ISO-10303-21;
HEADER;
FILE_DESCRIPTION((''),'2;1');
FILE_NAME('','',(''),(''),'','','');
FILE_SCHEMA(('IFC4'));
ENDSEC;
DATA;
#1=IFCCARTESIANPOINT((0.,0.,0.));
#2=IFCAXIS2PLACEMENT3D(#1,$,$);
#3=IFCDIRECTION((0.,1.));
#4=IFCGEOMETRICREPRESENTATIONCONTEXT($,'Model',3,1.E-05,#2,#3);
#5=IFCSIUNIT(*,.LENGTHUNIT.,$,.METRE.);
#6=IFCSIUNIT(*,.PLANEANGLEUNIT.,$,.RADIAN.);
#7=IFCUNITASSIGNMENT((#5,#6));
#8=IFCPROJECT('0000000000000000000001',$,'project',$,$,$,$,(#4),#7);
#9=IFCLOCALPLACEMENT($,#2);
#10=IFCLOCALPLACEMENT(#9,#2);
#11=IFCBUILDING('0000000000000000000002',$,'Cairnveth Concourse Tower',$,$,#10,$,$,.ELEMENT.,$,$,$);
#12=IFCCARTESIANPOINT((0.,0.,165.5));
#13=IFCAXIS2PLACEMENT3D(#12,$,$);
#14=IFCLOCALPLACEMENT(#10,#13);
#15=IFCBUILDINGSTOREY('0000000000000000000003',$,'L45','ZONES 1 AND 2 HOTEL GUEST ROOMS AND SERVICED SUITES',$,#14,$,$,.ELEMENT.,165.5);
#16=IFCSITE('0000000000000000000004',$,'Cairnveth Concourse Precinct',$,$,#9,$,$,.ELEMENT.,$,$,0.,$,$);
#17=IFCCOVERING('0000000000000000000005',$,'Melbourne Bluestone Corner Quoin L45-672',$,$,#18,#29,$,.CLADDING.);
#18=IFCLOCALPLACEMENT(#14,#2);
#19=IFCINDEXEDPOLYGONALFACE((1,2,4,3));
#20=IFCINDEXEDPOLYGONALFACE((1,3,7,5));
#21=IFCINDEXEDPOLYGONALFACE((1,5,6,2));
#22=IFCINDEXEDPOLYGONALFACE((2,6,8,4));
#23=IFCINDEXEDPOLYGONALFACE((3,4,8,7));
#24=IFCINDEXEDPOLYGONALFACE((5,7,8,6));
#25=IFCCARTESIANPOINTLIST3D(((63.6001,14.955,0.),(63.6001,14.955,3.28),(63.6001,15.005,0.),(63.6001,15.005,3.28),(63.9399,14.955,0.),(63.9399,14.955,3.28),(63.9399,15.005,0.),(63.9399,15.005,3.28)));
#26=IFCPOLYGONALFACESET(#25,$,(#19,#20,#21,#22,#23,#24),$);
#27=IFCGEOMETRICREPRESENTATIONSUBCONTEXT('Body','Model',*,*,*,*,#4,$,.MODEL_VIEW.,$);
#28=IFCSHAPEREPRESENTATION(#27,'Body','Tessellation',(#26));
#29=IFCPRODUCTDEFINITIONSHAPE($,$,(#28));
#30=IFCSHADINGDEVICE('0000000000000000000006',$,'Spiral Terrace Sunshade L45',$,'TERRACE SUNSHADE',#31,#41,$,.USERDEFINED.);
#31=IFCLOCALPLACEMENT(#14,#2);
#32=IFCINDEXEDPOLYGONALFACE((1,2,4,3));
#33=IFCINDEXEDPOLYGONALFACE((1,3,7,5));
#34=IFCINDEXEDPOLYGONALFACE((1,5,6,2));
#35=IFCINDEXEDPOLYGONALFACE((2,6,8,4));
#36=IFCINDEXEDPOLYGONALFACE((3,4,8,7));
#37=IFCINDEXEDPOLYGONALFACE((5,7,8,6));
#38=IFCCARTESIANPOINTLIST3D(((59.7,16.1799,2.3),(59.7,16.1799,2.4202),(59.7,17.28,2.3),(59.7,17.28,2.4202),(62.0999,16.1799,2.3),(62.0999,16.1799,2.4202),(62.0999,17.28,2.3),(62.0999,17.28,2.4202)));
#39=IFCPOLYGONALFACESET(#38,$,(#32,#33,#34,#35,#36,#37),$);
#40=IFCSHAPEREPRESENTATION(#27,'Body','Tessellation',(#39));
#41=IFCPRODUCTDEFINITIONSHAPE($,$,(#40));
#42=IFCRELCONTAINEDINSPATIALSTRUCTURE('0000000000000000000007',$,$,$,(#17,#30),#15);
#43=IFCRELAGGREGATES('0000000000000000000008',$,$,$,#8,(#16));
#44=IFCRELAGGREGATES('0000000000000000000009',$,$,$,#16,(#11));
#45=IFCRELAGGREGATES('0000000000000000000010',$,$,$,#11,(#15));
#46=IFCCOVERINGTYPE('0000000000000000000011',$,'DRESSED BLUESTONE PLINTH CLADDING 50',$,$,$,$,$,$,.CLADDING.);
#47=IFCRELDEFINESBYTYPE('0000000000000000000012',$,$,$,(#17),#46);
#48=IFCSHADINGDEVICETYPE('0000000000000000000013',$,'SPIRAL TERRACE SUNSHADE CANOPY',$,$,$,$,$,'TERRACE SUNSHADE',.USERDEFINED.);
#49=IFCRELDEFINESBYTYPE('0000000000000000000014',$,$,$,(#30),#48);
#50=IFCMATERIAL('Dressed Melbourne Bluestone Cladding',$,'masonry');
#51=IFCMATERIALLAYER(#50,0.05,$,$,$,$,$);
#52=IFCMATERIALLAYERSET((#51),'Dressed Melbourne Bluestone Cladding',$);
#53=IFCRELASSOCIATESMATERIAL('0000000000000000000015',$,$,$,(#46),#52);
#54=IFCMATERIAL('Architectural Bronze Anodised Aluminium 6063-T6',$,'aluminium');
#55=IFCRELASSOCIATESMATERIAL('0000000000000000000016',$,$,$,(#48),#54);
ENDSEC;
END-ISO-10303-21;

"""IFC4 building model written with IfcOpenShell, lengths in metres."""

from ifc_helpers import new_model, si_unit, direction, frame, frame_2d, origin, origin_2d, place, context, subcontext, project, spatial, rectangle, extrude, material, layer, layer_set, type_object, element, save


model = new_model("IFC4")

# Units and contexts
model_context = context("Model", 3, precision=1e-05, world=origin(), true_north=direction((0.0, 1.0)))
body_context = subcontext(model_context, "Body", "Model", "MODEL_VIEW")
ifc_project = project(units=[si_unit("LENGTHUNIT", "METRE"), si_unit("PLANEANGLEUNIT", "RADIAN")], contexts=[model_context])

# Site, building, storey
site_placement = place(None, origin())
site = spatial("IfcSite", under=ifc_project, at=site_placement, Name="Cairnveth Concourse Precinct", CompositionType="ELEMENT", RefElevation=0.0)
building_placement = place(site_placement, origin())
building = spatial("IfcBuilding", under=site, at=building_placement, Name="Cairnveth Concourse Tower", CompositionType="ELEMENT")
storey_placement = place(building_placement, frame((0.0, 0.0, 165.5)))
storey = spatial("IfcBuildingStorey", under=building, at=storey_placement, Name="L45", Description="ZONES 1 AND 2 HOTEL GUEST ROOMS AND SERVICED SUITES", CompositionType="ELEMENT", Elevation=165.5)

# Shared definitions
ifc_material_1 = material(Name="Dressed Melbourne Bluestone Cladding", Category="masonry")

# Shared definitions
ifc_material_2 = material(Name="Architectural Bronze Anodised Aluminium 6063-T6", Category="aluminium")

# Covering
ifc_layer_1 = layer(ifc_material_1, 0.05)
ifc_layer_set_1 = layer_set([ifc_layer_1], Name="Dressed Melbourne Bluestone Cladding")
covering_type = type_object("IfcCoveringType", Name="DRESSED BLUESTONE PLINTH CLADDING 50", PredefinedType="CLADDING", material=ifc_layer_set_1)
covering_1_placement = place(storey_placement, frame((63.9399, 14.98, 0.0), z_axis=(0.0, 0.0, 1.0), x_axis=(-1.0, 0.0, 0.0)))
element("IfcCovering", 1, at=covering_1_placement, inside=storey, type_object=covering_type, Name="Melbourne Bluestone Corner Quoin L45-672", PredefinedType="CLADDING", context=body_context, shape_type="SweptSolid", body=[
    extrude(rectangle(XDim=0.3398, YDim=0.05, at=frame_2d((0.1699, 0.0))), origin(), (0.0, 0.0, 1.0), 3.28),
])

# Shading device
shading_device_type = type_object("IfcShadingDeviceType", Name="SPIRAL TERRACE SUNSHADE CANOPY", ElementType="TERRACE SUNSHADE", PredefinedType="USERDEFINED", material=ifc_material_2)
shading_device_placement = place(storey_placement, frame((60.8999, 16.73, 2.3), z_axis=(0.0, 0.0, 1.0), x_axis=(1.0, 0.0, 0.0)))
element("IfcShadingDevice", 2, at=shading_device_placement, inside=storey, type_object=shading_device_type, Name="Spiral Terrace Sunshade L45", ObjectType="TERRACE SUNSHADE", PredefinedType="USERDEFINED", context=body_context, shape_type="SweptSolid", body=[
    extrude(rectangle(XDim=2.3999, YDim=1.1001, at=origin_2d()), origin(), (0.0, 0.0, 1.0), 0.1201),
])

save(model, "model.ifc")
